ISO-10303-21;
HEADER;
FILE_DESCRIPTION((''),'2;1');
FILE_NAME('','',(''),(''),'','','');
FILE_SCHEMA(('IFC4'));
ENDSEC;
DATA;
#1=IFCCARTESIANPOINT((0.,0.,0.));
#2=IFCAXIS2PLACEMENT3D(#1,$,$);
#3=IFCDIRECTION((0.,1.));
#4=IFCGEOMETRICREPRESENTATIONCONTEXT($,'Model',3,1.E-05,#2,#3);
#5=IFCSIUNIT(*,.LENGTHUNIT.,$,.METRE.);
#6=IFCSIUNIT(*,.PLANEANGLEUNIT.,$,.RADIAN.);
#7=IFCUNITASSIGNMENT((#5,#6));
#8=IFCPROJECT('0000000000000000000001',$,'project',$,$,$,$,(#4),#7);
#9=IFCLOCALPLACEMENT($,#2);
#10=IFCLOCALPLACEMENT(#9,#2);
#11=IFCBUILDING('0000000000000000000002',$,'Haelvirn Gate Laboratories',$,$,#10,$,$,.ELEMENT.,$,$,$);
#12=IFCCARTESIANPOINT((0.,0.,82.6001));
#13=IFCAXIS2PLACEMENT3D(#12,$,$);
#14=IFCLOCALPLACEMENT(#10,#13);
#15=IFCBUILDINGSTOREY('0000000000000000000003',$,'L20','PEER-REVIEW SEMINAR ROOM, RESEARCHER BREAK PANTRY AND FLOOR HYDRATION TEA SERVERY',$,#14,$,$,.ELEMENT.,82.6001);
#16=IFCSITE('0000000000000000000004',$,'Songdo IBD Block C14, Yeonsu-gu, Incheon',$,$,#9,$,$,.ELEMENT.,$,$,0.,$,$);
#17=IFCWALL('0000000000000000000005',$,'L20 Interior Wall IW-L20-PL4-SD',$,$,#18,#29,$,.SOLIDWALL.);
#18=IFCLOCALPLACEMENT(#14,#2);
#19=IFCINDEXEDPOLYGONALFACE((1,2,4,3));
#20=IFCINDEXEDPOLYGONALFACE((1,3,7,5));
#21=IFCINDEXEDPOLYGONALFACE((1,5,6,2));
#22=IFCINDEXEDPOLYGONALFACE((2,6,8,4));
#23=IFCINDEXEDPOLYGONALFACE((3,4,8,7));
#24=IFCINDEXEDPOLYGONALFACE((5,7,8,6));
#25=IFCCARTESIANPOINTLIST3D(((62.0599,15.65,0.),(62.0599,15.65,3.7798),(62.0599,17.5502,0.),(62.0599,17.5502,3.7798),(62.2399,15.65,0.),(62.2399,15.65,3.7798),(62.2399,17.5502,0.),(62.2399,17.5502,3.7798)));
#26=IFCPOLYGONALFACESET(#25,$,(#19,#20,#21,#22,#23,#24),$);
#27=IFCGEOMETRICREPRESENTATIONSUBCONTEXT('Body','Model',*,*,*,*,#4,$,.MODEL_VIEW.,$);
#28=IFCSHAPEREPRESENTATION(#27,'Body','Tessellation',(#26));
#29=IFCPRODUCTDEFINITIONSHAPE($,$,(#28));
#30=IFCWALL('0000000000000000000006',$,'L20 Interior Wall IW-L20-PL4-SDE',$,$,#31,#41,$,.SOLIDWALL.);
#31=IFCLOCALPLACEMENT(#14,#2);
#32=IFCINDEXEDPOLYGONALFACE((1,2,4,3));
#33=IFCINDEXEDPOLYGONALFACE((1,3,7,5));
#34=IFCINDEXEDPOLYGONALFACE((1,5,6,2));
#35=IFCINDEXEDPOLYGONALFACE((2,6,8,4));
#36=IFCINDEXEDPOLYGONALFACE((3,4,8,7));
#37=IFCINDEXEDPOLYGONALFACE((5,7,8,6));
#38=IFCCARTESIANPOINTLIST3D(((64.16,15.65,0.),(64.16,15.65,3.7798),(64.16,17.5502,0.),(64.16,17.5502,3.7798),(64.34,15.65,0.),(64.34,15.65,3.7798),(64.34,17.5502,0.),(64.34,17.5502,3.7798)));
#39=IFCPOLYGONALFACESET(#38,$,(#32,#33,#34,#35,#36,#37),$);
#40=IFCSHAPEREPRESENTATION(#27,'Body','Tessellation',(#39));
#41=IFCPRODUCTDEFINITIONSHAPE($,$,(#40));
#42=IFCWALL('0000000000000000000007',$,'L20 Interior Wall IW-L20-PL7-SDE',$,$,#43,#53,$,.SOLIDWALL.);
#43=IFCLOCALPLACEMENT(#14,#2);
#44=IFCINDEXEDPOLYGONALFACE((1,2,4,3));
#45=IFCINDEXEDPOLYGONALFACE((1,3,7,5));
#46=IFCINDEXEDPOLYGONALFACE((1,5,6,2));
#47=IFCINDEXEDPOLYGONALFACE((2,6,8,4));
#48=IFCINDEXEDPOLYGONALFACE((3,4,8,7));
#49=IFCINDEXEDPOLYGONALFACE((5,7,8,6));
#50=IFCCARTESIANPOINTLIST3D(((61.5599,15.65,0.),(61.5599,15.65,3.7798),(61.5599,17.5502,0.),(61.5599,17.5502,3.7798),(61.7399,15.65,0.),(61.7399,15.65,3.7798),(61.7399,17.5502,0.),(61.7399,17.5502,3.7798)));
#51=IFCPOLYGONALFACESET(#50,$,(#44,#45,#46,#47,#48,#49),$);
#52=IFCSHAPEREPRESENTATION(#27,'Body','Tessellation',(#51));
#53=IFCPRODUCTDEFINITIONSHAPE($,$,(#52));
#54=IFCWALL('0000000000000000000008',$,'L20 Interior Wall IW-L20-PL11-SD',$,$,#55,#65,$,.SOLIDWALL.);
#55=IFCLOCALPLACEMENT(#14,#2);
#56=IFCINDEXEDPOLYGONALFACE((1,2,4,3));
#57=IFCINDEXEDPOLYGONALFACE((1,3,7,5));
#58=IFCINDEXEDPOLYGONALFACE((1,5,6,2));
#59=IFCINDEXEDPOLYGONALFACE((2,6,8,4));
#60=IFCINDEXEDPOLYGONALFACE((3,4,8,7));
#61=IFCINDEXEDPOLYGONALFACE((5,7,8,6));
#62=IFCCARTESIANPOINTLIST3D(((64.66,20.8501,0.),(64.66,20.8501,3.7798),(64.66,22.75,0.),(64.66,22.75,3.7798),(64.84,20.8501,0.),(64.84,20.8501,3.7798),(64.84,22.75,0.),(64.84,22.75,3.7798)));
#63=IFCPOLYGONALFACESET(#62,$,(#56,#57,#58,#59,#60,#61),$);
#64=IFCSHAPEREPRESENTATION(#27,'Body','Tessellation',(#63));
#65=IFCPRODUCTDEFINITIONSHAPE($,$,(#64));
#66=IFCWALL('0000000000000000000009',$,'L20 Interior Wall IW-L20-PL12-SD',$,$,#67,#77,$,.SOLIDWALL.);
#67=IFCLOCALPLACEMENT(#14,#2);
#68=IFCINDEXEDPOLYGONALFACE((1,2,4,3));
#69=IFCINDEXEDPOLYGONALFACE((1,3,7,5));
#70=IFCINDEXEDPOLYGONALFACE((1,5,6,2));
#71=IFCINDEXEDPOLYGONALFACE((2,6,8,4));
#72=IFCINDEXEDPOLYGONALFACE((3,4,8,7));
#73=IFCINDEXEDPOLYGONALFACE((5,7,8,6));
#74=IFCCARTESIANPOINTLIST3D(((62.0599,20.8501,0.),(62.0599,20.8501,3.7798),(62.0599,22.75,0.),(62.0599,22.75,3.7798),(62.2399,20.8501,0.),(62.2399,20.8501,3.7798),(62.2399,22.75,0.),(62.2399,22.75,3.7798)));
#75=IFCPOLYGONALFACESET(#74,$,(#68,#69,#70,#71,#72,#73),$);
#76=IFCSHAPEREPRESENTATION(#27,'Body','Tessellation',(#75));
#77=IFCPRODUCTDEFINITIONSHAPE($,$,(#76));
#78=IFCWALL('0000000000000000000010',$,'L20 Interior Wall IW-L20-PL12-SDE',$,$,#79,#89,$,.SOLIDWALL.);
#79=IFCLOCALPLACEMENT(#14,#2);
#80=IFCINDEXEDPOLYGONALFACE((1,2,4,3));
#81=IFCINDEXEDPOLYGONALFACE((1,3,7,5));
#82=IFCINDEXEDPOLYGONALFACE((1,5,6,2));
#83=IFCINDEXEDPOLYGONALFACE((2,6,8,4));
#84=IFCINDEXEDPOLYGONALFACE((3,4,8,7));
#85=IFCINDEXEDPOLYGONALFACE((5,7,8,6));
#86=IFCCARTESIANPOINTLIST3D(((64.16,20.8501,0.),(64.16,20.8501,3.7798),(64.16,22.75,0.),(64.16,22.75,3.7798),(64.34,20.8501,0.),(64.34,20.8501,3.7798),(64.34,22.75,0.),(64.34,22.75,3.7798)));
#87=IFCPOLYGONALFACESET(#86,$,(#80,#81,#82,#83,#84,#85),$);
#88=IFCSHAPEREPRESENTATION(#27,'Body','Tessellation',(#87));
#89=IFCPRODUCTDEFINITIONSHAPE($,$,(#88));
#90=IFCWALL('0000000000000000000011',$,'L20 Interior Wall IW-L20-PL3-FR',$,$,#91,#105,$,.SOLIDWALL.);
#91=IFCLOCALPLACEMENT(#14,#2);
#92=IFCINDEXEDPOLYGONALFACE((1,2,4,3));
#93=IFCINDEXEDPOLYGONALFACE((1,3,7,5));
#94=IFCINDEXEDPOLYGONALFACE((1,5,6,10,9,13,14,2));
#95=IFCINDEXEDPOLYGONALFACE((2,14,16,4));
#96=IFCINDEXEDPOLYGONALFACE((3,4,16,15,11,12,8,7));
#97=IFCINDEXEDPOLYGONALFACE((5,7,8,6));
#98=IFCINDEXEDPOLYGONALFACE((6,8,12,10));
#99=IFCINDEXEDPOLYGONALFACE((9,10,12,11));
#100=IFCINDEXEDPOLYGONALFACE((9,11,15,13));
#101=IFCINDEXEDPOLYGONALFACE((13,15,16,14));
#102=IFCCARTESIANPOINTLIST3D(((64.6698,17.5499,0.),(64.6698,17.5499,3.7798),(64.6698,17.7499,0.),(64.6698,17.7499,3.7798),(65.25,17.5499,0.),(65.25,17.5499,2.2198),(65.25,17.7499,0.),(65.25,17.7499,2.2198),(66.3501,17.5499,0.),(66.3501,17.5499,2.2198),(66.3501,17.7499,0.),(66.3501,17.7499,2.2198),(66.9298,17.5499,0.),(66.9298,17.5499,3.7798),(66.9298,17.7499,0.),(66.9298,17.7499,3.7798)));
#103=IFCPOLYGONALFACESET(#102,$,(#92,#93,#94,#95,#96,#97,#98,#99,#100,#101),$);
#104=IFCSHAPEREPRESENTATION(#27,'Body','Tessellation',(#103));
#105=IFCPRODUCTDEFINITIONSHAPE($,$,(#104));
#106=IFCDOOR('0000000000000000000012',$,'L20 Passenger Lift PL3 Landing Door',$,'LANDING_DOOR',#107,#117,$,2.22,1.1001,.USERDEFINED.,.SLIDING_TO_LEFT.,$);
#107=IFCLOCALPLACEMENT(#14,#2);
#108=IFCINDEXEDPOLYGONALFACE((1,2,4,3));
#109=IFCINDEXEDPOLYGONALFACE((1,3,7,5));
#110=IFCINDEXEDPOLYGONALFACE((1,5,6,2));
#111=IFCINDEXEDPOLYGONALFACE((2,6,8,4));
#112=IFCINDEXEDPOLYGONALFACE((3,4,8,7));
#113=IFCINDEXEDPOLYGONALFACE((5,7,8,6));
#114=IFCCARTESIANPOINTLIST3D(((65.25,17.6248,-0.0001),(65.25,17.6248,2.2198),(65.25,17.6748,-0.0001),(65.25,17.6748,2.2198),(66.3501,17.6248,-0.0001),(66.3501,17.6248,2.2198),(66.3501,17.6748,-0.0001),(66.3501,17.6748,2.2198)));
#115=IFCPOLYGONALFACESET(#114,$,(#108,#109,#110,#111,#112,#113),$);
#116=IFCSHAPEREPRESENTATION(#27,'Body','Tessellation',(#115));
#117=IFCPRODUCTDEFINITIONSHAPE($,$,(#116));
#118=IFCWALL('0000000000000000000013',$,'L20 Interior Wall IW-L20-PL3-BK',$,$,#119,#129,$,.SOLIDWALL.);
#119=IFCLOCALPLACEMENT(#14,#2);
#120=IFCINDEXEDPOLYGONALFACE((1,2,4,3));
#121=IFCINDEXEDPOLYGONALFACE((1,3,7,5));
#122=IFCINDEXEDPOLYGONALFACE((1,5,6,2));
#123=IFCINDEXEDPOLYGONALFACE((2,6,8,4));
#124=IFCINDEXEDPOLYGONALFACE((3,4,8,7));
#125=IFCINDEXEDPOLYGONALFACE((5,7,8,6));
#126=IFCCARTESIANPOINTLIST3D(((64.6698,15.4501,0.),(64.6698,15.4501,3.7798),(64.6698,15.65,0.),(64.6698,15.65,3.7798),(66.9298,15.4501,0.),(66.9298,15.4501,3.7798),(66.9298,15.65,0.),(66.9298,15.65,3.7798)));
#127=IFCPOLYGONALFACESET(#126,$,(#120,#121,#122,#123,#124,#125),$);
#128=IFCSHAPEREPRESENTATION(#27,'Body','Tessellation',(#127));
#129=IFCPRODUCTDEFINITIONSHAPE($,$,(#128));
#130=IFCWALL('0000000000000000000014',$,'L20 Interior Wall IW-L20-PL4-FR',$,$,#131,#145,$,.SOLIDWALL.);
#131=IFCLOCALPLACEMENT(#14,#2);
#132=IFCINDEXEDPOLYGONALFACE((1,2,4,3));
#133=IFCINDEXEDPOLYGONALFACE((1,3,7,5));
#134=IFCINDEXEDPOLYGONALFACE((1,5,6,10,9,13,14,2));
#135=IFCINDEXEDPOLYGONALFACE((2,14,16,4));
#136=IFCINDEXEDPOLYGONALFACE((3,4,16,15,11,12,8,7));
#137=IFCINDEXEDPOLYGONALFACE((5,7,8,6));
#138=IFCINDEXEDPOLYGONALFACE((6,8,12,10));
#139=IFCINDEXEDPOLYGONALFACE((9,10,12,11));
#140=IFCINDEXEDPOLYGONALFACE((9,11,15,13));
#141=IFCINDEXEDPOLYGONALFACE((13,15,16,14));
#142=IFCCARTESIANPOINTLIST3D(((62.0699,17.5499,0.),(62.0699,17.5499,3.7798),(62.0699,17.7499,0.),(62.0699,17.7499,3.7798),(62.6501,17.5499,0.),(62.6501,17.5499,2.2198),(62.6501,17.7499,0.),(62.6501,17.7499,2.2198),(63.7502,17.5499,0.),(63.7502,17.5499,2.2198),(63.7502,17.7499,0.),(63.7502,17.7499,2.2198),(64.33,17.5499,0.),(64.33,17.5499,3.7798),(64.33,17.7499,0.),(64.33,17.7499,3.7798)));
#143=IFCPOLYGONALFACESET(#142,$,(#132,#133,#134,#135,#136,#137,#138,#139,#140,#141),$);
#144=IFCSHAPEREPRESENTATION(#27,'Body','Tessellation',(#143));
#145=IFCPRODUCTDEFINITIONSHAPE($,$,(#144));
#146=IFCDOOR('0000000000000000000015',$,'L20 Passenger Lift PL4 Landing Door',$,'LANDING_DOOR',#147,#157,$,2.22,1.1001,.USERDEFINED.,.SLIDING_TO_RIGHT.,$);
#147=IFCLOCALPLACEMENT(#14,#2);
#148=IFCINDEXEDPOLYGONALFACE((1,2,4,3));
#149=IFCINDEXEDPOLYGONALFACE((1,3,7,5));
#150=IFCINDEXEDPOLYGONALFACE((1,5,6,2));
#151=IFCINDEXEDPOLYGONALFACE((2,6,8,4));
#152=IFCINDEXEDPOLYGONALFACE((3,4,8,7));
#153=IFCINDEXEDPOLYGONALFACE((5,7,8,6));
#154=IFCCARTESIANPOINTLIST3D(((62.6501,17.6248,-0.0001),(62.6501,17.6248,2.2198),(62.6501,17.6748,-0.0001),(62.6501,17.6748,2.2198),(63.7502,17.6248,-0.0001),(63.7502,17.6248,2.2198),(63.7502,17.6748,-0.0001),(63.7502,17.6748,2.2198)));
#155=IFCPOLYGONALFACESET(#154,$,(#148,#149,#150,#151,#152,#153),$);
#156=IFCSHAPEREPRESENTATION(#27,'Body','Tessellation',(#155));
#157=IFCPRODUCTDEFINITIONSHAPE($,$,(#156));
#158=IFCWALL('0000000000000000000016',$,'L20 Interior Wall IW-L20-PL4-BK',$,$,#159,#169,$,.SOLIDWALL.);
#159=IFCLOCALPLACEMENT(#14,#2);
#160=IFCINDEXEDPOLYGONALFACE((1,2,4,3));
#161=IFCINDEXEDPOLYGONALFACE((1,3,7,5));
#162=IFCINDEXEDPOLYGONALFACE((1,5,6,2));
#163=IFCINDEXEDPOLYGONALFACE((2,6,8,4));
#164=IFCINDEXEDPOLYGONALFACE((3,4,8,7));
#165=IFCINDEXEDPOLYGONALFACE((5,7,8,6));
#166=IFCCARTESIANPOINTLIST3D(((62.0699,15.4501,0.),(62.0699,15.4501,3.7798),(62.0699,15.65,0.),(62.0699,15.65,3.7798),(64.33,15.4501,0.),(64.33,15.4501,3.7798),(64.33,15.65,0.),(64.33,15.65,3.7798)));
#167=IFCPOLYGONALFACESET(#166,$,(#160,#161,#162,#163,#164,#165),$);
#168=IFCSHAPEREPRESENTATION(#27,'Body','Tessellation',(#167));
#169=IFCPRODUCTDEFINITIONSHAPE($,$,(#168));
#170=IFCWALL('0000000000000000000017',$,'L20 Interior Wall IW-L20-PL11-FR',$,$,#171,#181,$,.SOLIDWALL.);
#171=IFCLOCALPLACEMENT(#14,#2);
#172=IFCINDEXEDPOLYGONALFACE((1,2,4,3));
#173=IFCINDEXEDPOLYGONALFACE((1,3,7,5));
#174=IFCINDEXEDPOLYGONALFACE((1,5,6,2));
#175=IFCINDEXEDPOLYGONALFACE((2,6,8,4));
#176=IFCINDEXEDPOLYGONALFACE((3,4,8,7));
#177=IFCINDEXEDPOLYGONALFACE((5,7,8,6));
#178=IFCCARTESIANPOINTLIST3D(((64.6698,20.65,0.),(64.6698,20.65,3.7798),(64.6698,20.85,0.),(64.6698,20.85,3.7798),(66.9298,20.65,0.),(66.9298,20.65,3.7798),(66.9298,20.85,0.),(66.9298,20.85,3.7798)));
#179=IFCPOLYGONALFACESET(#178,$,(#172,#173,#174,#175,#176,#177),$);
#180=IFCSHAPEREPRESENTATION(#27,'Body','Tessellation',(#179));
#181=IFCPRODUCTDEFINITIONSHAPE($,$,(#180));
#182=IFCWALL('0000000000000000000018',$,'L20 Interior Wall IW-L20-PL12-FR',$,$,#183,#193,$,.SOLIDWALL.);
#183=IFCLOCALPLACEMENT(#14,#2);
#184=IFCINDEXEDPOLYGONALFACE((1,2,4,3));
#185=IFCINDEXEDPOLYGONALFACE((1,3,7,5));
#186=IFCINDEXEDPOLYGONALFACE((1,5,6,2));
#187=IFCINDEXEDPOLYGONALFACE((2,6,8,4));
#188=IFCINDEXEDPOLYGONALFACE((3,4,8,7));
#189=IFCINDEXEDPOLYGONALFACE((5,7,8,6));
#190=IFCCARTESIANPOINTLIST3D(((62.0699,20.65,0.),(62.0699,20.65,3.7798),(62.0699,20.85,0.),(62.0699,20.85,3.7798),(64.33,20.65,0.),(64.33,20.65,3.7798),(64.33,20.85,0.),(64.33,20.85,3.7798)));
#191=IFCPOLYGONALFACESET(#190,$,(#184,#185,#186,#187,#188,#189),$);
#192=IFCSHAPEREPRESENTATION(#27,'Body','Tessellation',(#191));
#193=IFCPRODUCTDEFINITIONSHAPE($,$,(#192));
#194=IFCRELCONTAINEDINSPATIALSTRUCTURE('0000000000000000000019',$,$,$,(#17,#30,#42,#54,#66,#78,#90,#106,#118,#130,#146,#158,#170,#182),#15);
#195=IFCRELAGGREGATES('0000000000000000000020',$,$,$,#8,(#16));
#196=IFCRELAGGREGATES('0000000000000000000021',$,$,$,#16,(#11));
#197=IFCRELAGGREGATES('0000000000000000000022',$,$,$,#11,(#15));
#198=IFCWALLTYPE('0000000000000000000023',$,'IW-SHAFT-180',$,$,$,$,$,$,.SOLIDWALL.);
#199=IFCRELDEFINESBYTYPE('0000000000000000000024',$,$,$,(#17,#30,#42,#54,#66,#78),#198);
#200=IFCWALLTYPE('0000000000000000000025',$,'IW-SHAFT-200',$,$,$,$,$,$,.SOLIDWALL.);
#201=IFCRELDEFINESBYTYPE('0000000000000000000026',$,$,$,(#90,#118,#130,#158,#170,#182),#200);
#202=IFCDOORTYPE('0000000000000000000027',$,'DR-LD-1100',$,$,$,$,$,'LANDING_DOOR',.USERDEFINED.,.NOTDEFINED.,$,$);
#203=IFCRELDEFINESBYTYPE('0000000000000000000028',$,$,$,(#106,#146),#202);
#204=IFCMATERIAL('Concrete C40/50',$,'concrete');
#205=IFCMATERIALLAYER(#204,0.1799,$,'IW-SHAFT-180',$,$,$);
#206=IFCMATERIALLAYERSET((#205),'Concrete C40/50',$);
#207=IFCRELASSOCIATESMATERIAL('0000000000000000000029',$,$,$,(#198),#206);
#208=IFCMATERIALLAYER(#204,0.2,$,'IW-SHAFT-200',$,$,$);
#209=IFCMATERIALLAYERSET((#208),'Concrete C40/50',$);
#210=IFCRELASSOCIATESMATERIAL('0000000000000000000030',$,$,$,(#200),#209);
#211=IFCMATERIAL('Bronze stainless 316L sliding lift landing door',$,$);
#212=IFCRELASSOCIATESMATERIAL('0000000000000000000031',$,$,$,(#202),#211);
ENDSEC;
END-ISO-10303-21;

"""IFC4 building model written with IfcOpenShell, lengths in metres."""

from ifc_helpers import new_model, si_unit, direction, frame, frame_2d, origin, place, context, subcontext, project, spatial, rectangle, extrude, source, transform, mapped, material, layer, layer_set, type_object, type_shapes, element, fill, save


model = new_model("IFC4")

# Units and contexts
model_context = context("Model", 3, precision=1e-05, world=origin(), true_north=direction((0.0, 1.0)))
body_context = subcontext(model_context, "Body", "Model", "MODEL_VIEW")
ifc_project = project(units=[si_unit("LENGTHUNIT", "METRE"), si_unit("PLANEANGLEUNIT", "RADIAN")], contexts=[model_context])

# Site, building, storey
site_placement = place(None, origin())
site = spatial("IfcSite", under=ifc_project, at=site_placement, Name="Songdo IBD Block C14, Yeonsu-gu, Incheon", CompositionType="ELEMENT", RefElevation=0.0)
building_placement = place(site_placement, origin())
building = spatial("IfcBuilding", under=site, at=building_placement, Name="Haelvirn Gate Laboratories", CompositionType="ELEMENT")
storey_placement = place(building_placement, frame((0.0, 0.0, 82.6001)))
storey = spatial("IfcBuildingStorey", under=building, at=storey_placement, Name="L20", Description="PEER-REVIEW SEMINAR ROOM, RESEARCHER BREAK PANTRY AND FLOOR HYDRATION TEA SERVERY", CompositionType="ELEMENT", Elevation=82.6001)

# Walls
ifc_material_1 = material(Name="Concrete C40/50", Category="concrete")
ifc_layer_1 = layer(ifc_material_1, 0.1799, Name="IW-SHAFT-180")
ifc_layer_set_1 = layer_set([ifc_layer_1], Name="Concrete C40/50")
wall_type_1 = type_object("IfcWallType", Name="IW-SHAFT-180", PredefinedType="SOLIDWALL", material=ifc_layer_set_1)
for number, where, z_axis, x_axis, name in (
    (1, (62.1499, 15.6499, 0.0), (0.0, 0.0, 1.0), (0.0, 1.0, 0.0), "L20 Interior Wall IW-L20-PL4-SD"),
    (2, (64.25, 15.6499, 0.0), (0.0, 0.0, 1.0), (0.0, 1.0, 0.0), "L20 Interior Wall IW-L20-PL4-SDE"),
    (3, (61.6499, 15.6499, 0.0), (0.0, 0.0, 1.0), (0.0, 1.0, 0.0), "L20 Interior Wall IW-L20-PL7-SDE"),
):
    element("IfcWall", number, at=place(storey_placement, frame(where, z_axis=z_axis, x_axis=x_axis)), inside=storey, type_object=wall_type_1, Name=name, PredefinedType="SOLIDWALL", context=body_context, shape_type="SweptSolid", body=[
        extrude(rectangle(XDim=1.9001, YDim=0.1799, at=frame_2d((0.9502, 0.0))), origin(), (0.0, 0.0, 1.0), 3.7798),
    ])
for number, where, z_axis, x_axis, name in (
    (4, (64.75, 20.8501, 0.0), (0.0, 0.0, 1.0), (0.0, 1.0, 0.0), "L20 Interior Wall IW-L20-PL11-SD"),
    (5, (62.1499, 20.8501, 0.0), (0.0, 0.0, 1.0), (0.0, 1.0, 0.0), "L20 Interior Wall IW-L20-PL12-SD"),
    (6, (64.25, 20.8501, 0.0), (0.0, 0.0, 1.0), (0.0, 1.0, 0.0), "L20 Interior Wall IW-L20-PL12-SDE"),
):
    element("IfcWall", number, at=place(storey_placement, frame(where, z_axis=z_axis, x_axis=x_axis)), inside=storey, type_object=wall_type_1, Name=name, PredefinedType="SOLIDWALL", context=body_context, shape_type="SweptSolid", body=[
        extrude(rectangle(XDim=1.8999, YDim=0.1799, at=frame_2d((0.95, 0.0))), origin(), (0.0, 0.0, 1.0), 3.7798),
    ])

# Wall, opening, door
ifc_layer_2 = layer(ifc_material_1, 0.2, Name="IW-SHAFT-200")
ifc_layer_set_2 = layer_set([ifc_layer_2], Name="Concrete C40/50")
wall_type_2 = type_object("IfcWallType", Name="IW-SHAFT-200", PredefinedType="SOLIDWALL", material=ifc_layer_set_2)
wall_1_placement = place(storey_placement, frame((64.6699, 17.6499, 0.0), z_axis=(0.0, 0.0, 1.0), x_axis=(1.0, 0.0, 0.0)))
wall_1 = element("IfcWall", 7, at=wall_1_placement, inside=storey, type_object=wall_type_2, Name="L20 Interior Wall IW-L20-PL3-FR", PredefinedType="SOLIDWALL", context=body_context, shape_type="SweptSolid", body=[
    extrude(rectangle(XDim=2.26, YDim=0.2, at=frame_2d((1.1299, 0.0))), origin(), (0.0, 0.0, 1.0), 3.7798),
])
opening_1_placement = place(wall_1_placement, frame((0.5801, 0.0, 0.0)))
opening_1 = element("IfcOpeningElement", 8, at=opening_1_placement, cuts=wall_1, PredefinedType="OPENING", context=body_context, shape_type="SweptSolid", body=[
    extrude(rectangle(XDim=1.1001, YDim=2.22, at=frame_2d((0.55, 1.1099))), frame((0.0, 0.1099, 0.0), z_axis=(0.0, -1.0, 0.0), x_axis=(1.0, 0.0, 0.0)), (0.0, 0.0, 1.0), 0.22),
])
ifc_material_2 = material(Name="Bronze stainless 316L sliding lift landing door")
door_type_1 = type_object("IfcDoorType", Name="DR-LD-1100", ElementType="LANDING_DOOR", OperationType="NOTDEFINED", PredefinedType="USERDEFINED", material=ifc_material_2)
shared_shape_1 = source(origin(), body_context, "Body", "SweptSolid", [
    extrude(rectangle(XDim=1.1001, YDim=2.22, at=frame_2d((0.55, 1.1099))), frame((0.0, 0.0249, 0.0), z_axis=(0.0, -1.0, 0.0), x_axis=(1.0, 0.0, 0.0)), (0.0, 0.0, 1.0), 0.05),
])
type_shapes(door_type_1, [shared_shape_1])
door_1_placement = place(opening_1_placement, origin())
door_1 = element("IfcDoor", 9, at=door_1_placement, inside=storey, type_object=door_type_1, Name="L20 Passenger Lift PL3 Landing Door", ObjectType="LANDING_DOOR", OperationType="SLIDING_TO_LEFT", OverallHeight=2.22, OverallWidth=1.1001, PredefinedType="USERDEFINED", context=body_context, shape_type="MappedRepresentation", body=[
    mapped(shared_shape_1, transform((0.0, 0.0, 0.0), scale=1.0)),
])
fill(opening_1, door_1)

# Wall
wall_2_placement = place(storey_placement, frame((64.6699, 15.55, 0.0), z_axis=(0.0, 0.0, 1.0), x_axis=(1.0, 0.0, 0.0)))
element("IfcWall", 10, at=wall_2_placement, inside=storey, type_object=wall_type_2, Name="L20 Interior Wall IW-L20-PL3-BK", PredefinedType="SOLIDWALL", context=body_context, shape_type="SweptSolid", body=[
    extrude(rectangle(XDim=2.26, YDim=0.2, at=frame_2d((1.1299, 0.0))), origin(), (0.0, 0.0, 1.0), 3.7798),
])

# Wall, opening, door
wall_3_placement = place(storey_placement, frame((62.0701, 17.6499, 0.0), z_axis=(0.0, 0.0, 1.0), x_axis=(1.0, 0.0, 0.0)))
wall_3 = element("IfcWall", 11, at=wall_3_placement, inside=storey, type_object=wall_type_2, Name="L20 Interior Wall IW-L20-PL4-FR", PredefinedType="SOLIDWALL", context=body_context, shape_type="SweptSolid", body=[
    extrude(rectangle(XDim=2.26, YDim=0.2, at=frame_2d((1.1299, 0.0))), origin(), (0.0, 0.0, 1.0), 3.7798),
])
opening_2_placement = place(wall_3_placement, frame((0.5801, 0.0, 0.0)))
opening_2 = element("IfcOpeningElement", 12, at=opening_2_placement, cuts=wall_3, PredefinedType="OPENING", context=body_context, shape_type="SweptSolid", body=[
    extrude(rectangle(XDim=1.1001, YDim=2.22, at=frame_2d((0.55, 1.1099))), frame((0.0, 0.1099, 0.0), z_axis=(0.0, -1.0, 0.0), x_axis=(1.0, 0.0, 0.0)), (0.0, 0.0, 1.0), 0.22),
])
door_2_placement = place(opening_2_placement, origin())
door_2 = element("IfcDoor", 13, at=door_2_placement, inside=storey, type_object=door_type_1, Name="L20 Passenger Lift PL4 Landing Door", ObjectType="LANDING_DOOR", OperationType="SLIDING_TO_RIGHT", OverallHeight=2.22, OverallWidth=1.1001, PredefinedType="USERDEFINED", context=body_context, shape_type="MappedRepresentation", body=[
    mapped(shared_shape_1, transform((0.0, 0.0, 0.0), scale=1.0)),
])
fill(opening_2, door_2)

# Walls
for number, where, z_axis, x_axis, name in (
    (14, (62.0701, 15.55, 0.0), (0.0, 0.0, 1.0), (1.0, 0.0, 0.0), "L20 Interior Wall IW-L20-PL4-BK"),
    (15, (64.6699, 20.75, 0.0), (0.0, 0.0, 1.0), (1.0, 0.0, 0.0), "L20 Interior Wall IW-L20-PL11-FR"),
    (16, (62.0701, 20.75, 0.0), (0.0, 0.0, 1.0), (1.0, 0.0, 0.0), "L20 Interior Wall IW-L20-PL12-FR"),
):
    element("IfcWall", number, at=place(storey_placement, frame(where, z_axis=z_axis, x_axis=x_axis)), inside=storey, type_object=wall_type_2, Name=name, PredefinedType="SOLIDWALL", context=body_context, shape_type="SweptSolid", body=[
        extrude(rectangle(XDim=2.26, YDim=0.2, at=frame_2d((1.1299, 0.0))), origin(), (0.0, 0.0, 1.0), 3.7798),
    ])

save(model, "model.ifc")
